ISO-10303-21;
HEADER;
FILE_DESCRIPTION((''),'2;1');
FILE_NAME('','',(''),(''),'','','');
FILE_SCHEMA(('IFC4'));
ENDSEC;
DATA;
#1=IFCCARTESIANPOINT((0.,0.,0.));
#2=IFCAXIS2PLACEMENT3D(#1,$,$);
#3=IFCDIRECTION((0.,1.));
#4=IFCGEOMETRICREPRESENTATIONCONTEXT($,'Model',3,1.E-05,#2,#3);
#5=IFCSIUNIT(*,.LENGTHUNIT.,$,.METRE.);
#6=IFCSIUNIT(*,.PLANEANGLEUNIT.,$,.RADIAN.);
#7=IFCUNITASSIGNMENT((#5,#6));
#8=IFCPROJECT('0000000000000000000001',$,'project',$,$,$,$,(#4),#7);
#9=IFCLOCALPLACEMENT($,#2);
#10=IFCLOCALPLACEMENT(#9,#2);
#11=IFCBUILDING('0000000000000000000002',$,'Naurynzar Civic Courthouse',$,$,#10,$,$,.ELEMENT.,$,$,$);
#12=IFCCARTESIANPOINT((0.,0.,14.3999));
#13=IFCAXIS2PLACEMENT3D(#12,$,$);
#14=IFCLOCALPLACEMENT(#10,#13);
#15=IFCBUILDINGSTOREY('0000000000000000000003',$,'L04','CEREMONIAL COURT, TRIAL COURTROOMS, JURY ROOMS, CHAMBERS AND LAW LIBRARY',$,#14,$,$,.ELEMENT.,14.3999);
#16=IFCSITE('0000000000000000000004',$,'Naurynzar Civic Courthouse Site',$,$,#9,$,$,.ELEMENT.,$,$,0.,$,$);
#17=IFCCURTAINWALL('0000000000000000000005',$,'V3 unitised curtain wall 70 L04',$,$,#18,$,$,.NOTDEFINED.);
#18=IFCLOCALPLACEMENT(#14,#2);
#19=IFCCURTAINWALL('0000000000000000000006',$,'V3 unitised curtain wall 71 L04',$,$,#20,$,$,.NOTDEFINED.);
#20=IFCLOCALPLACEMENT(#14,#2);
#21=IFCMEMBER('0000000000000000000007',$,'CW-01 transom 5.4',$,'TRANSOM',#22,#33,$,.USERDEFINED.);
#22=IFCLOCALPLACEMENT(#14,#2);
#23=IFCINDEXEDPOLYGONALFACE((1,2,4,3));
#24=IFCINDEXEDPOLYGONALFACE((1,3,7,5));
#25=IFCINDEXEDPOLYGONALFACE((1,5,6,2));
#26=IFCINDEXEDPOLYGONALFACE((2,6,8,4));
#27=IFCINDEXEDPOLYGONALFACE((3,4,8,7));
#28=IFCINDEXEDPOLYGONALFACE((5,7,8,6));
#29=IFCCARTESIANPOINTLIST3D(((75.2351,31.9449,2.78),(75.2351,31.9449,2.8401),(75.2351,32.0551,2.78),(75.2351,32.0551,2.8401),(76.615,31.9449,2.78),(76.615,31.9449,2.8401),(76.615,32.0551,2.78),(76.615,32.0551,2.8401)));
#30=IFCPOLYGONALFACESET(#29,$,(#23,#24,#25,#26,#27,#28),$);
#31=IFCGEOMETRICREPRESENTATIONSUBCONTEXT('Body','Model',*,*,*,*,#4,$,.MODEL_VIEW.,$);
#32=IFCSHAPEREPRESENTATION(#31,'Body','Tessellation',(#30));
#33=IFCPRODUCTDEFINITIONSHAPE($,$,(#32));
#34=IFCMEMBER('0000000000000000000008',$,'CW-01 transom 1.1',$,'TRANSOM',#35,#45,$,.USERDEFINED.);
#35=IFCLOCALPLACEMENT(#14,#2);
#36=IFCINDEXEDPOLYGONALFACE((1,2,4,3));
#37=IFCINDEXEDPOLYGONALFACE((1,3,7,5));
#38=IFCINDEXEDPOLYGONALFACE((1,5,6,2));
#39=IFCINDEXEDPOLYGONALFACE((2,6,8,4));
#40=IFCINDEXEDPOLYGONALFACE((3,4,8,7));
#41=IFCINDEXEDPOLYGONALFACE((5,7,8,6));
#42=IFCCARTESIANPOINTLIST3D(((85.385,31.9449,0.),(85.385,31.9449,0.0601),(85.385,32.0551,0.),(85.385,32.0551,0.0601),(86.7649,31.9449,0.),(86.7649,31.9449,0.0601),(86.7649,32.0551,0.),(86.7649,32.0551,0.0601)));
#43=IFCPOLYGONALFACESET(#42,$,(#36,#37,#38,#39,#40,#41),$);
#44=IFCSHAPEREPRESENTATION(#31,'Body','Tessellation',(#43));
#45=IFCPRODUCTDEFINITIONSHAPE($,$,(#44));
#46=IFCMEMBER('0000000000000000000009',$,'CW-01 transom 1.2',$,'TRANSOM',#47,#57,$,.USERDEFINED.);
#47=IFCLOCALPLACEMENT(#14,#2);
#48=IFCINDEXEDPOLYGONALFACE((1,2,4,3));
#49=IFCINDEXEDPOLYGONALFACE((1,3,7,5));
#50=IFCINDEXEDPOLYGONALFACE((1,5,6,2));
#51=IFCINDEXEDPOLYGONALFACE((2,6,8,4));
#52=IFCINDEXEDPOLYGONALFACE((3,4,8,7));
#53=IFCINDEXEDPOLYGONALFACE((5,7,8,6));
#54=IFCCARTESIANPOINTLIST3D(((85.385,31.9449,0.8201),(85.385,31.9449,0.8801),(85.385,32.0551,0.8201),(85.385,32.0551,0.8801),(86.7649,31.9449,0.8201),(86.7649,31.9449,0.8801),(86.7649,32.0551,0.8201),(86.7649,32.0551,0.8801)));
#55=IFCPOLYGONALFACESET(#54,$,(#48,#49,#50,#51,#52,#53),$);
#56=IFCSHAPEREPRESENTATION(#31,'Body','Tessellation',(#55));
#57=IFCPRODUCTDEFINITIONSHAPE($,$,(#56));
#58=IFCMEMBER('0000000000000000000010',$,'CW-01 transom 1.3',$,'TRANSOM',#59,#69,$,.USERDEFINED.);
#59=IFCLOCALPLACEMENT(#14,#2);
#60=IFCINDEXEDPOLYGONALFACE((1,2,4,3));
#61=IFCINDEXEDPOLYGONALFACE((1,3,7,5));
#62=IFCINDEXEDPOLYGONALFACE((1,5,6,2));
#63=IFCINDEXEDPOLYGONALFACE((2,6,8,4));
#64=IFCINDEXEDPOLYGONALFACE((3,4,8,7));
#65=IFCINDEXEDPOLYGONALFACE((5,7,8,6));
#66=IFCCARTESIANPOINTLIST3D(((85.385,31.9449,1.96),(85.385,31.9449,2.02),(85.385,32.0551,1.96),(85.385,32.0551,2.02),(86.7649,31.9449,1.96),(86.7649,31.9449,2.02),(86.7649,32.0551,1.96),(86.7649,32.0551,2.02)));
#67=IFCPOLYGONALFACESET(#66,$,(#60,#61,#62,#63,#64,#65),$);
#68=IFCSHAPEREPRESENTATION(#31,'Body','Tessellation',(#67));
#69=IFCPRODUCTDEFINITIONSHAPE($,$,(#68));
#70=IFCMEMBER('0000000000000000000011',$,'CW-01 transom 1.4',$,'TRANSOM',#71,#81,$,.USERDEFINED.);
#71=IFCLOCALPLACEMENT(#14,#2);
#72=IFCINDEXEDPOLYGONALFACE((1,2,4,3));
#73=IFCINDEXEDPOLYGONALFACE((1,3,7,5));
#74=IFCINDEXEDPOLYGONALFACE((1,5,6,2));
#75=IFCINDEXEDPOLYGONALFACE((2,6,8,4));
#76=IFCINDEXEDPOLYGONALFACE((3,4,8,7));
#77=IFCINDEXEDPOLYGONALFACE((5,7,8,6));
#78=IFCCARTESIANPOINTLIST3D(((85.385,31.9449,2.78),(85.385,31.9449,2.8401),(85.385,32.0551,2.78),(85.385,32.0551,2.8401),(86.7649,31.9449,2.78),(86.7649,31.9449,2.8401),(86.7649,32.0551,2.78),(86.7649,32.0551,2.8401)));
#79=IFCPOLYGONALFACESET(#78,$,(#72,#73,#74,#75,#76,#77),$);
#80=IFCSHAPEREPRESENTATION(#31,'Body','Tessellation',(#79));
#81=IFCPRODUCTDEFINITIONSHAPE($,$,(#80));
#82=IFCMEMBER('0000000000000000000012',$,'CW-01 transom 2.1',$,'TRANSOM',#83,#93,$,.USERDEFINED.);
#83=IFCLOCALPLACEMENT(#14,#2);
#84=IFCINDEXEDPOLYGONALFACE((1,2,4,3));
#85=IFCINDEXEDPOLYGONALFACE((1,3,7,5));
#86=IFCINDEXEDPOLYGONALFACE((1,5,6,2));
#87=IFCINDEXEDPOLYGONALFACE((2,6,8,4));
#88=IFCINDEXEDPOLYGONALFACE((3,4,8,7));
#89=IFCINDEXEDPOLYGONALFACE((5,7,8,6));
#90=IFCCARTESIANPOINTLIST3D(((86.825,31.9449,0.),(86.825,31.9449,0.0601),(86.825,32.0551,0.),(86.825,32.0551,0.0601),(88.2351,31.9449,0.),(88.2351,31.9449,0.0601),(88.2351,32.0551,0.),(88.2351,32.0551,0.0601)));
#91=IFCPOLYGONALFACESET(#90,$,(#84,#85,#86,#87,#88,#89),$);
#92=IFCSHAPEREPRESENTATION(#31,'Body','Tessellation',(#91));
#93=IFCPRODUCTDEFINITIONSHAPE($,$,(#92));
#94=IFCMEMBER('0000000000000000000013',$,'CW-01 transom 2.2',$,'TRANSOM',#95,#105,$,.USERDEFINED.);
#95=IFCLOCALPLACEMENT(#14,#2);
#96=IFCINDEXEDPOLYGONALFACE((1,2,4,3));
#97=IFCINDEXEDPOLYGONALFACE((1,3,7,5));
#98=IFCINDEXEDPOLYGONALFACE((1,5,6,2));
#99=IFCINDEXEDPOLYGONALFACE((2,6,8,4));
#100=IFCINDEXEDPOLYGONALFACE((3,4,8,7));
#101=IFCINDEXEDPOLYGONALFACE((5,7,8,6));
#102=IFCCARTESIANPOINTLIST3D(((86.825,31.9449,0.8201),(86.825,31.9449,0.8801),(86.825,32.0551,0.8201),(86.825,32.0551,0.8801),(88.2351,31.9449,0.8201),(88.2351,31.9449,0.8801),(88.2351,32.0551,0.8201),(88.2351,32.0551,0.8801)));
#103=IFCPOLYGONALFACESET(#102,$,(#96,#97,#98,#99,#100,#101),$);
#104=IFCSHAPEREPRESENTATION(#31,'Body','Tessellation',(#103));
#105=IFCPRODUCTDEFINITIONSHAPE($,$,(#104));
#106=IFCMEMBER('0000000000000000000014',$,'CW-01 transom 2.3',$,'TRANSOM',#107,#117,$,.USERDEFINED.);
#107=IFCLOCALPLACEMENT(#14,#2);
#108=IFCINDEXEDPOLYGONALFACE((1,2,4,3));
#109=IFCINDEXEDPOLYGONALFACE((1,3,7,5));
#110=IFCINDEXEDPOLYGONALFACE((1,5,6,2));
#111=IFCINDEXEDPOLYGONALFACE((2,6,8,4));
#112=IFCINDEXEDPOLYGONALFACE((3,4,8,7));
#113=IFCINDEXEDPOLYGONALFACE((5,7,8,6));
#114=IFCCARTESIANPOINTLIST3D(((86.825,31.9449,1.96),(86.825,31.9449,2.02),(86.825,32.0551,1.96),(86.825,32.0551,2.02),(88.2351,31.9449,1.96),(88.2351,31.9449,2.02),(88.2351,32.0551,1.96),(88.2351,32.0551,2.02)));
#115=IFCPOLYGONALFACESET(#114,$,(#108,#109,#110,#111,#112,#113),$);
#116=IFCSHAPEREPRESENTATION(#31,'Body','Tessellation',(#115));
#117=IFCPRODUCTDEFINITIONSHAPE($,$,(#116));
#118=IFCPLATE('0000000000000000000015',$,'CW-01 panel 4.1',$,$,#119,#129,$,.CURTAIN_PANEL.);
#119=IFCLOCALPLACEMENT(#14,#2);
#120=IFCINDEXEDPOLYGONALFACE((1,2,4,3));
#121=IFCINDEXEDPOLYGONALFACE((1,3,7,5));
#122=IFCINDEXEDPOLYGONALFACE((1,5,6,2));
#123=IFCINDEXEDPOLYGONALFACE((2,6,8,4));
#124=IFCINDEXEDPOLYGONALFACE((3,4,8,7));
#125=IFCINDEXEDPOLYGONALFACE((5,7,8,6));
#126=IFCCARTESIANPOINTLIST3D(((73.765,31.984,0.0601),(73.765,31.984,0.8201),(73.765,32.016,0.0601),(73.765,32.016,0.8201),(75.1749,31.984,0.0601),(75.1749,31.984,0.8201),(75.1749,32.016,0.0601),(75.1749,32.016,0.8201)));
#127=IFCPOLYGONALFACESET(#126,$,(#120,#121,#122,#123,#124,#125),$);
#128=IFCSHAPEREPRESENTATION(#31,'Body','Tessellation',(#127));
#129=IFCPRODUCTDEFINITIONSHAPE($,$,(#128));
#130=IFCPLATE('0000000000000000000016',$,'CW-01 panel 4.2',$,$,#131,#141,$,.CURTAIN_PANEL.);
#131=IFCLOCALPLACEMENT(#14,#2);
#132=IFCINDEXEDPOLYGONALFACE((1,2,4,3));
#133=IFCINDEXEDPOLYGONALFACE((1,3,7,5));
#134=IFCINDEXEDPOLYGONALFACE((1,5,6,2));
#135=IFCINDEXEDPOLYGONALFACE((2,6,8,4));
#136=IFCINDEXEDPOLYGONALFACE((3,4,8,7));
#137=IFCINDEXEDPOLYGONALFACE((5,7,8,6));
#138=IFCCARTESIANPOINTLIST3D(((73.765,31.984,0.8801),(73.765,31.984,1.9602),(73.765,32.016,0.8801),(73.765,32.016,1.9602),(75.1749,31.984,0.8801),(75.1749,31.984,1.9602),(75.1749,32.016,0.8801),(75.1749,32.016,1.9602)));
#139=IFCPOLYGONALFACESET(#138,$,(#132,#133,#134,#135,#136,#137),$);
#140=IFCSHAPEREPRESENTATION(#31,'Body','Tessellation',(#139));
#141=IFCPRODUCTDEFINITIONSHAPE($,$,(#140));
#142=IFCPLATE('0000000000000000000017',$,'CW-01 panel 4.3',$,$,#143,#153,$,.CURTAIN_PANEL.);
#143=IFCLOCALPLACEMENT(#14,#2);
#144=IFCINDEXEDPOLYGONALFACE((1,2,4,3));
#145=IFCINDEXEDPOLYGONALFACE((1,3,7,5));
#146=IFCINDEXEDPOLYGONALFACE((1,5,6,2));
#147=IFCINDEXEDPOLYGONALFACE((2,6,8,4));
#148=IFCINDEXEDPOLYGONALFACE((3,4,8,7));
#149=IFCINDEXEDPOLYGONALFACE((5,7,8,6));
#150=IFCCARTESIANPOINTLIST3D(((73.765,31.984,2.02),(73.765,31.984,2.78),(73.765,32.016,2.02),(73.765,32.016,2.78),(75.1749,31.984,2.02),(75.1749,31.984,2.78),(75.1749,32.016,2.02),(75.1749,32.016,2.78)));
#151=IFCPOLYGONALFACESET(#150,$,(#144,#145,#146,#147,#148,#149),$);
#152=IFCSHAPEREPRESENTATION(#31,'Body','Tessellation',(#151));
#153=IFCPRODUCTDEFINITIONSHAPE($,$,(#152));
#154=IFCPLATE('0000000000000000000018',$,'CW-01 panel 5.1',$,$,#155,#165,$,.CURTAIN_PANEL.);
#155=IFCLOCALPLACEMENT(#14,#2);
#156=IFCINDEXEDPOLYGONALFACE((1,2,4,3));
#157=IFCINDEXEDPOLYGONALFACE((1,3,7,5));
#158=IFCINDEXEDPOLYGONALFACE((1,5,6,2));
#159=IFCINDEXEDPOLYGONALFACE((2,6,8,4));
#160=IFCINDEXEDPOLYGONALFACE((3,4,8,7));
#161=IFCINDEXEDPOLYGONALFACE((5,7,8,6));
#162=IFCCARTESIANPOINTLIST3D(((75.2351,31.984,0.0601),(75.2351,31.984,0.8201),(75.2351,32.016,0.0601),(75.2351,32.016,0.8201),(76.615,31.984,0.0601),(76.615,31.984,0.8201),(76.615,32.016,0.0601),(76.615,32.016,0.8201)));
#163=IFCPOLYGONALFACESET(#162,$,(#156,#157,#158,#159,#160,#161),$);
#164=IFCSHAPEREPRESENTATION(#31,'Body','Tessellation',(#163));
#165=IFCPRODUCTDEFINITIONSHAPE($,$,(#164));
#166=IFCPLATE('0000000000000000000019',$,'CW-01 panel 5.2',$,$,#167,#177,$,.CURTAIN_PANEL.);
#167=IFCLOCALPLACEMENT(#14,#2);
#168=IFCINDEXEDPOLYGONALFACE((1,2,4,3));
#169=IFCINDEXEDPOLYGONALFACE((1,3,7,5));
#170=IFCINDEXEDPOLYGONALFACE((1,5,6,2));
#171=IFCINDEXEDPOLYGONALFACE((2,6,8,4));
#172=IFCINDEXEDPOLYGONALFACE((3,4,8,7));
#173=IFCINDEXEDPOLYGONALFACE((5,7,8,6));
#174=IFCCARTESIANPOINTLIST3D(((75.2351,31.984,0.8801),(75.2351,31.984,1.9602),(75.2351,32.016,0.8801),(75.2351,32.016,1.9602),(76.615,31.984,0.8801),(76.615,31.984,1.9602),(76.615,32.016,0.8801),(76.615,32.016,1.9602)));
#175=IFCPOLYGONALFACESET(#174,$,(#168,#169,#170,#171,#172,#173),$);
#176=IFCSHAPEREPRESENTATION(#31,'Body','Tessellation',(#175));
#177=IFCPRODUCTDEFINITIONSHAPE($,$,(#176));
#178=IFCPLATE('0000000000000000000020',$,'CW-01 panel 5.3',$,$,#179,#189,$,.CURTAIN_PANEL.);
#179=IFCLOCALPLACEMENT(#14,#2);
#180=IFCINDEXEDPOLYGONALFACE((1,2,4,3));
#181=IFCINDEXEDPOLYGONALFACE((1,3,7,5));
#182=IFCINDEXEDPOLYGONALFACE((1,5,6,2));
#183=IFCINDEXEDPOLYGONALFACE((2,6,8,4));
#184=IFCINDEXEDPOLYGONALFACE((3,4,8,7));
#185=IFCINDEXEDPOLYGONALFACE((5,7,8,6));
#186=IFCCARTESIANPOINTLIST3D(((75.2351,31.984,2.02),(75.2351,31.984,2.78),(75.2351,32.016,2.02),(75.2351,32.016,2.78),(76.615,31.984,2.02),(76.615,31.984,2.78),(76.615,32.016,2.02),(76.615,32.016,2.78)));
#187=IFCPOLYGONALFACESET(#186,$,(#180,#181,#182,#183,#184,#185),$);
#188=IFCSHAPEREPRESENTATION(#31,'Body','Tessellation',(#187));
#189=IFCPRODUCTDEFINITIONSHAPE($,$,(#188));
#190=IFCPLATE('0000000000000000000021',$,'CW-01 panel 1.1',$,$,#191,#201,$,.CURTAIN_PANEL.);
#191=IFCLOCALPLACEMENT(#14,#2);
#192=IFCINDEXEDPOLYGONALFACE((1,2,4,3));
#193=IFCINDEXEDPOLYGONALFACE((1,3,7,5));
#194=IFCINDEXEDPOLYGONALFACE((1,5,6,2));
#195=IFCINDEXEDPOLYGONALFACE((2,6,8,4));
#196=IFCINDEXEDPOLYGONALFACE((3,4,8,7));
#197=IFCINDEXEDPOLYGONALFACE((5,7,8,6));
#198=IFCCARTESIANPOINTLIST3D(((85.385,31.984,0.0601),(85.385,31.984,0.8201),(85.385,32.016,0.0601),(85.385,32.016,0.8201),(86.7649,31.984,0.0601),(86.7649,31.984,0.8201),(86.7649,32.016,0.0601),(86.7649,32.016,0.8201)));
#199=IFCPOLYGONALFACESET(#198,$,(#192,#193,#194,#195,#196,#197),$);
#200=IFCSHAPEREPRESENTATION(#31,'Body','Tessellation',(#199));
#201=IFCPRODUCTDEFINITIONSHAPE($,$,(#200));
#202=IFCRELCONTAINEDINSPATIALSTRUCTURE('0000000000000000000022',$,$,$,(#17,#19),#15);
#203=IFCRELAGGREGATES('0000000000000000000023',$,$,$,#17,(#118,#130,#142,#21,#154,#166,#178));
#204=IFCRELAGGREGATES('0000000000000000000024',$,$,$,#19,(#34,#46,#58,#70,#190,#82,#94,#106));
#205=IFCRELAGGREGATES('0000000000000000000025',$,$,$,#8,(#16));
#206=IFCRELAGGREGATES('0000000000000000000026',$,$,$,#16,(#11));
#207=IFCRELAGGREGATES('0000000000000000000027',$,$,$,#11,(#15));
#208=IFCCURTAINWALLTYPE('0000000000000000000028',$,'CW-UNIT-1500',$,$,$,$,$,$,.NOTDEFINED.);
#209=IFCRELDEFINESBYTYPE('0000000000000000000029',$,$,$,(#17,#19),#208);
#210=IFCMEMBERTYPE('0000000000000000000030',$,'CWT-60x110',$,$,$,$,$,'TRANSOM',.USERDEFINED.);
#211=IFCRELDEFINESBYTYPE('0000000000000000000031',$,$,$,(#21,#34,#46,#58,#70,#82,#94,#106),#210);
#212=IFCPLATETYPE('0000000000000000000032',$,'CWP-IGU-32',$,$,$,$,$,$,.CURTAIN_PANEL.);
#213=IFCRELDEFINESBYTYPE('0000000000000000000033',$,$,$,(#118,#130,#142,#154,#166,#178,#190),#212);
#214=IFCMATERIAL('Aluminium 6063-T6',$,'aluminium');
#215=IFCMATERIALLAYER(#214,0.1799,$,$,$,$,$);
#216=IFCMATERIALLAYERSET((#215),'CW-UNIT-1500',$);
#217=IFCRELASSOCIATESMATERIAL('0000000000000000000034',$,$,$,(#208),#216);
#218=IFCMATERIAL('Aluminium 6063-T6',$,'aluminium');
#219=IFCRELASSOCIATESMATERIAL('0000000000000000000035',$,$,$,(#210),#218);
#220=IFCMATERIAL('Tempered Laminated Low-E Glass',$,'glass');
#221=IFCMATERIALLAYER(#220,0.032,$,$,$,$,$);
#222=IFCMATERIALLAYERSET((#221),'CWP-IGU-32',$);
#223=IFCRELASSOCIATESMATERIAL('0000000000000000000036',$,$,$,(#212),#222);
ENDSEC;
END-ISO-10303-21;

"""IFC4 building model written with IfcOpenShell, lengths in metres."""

from ifc_helpers import new_model, si_unit, direction, frame, origin, origin_2d, place, context, subcontext, project, spatial, rectangle, extrude, material, layer, layer_set, material_profile, profile_set, type_object, element, aggregate, save


model = new_model("IFC4")

# Units and contexts
model_context = context("Model", 3, precision=1e-05, world=origin(), true_north=direction((0.0, 1.0)))
body_context = subcontext(model_context, "Body", "Model", "MODEL_VIEW")
ifc_project = project(units=[si_unit("LENGTHUNIT", "METRE"), si_unit("PLANEANGLEUNIT", "RADIAN")], contexts=[model_context])

# Site, building, storey
site_placement = place(None, origin())
site = spatial("IfcSite", under=ifc_project, at=site_placement, Name="Naurynzar Civic Courthouse Site", CompositionType="ELEMENT", RefElevation=0.0)
building_placement = place(site_placement, origin())
building = spatial("IfcBuilding", under=site, at=building_placement, Name="Naurynzar Civic Courthouse", CompositionType="ELEMENT")
storey_placement = place(building_placement, frame((0.0, 0.0, 14.3999)))
storey = spatial("IfcBuildingStorey", under=building, at=storey_placement, Name="L04", Description="CEREMONIAL COURT, TRIAL COURTROOMS, JURY ROOMS, CHAMBERS AND LAW LIBRARY", CompositionType="ELEMENT", Elevation=14.3999)

# Curtain walls
ifc_material_1 = material(Name="Aluminium 6063-T6", Category="aluminium")
ifc_layer_1 = layer(ifc_material_1, 0.1799)
ifc_layer_set_1 = layer_set([ifc_layer_1], Name="CW-UNIT-1500")
curtain_wall_type = type_object("IfcCurtainWallType", Name="CW-UNIT-1500", PredefinedType="NOTDEFINED", material=ifc_layer_set_1)
curtain_wall_1_placement = place(storey_placement, origin())
curtain_wall_1 = element("IfcCurtainWall", 1, at=curtain_wall_1_placement, inside=storey, type_object=curtain_wall_type, Name="V3 unitised curtain wall 70 L04", PredefinedType="NOTDEFINED")
curtain_wall_2_placement = place(storey_placement, origin())
curtain_wall_2 = element("IfcCurtainWall", 2, at=curtain_wall_2_placement, inside=storey, type_object=curtain_wall_type, Name="V3 unitised curtain wall 71 L04", PredefinedType="NOTDEFINED")

# Members
ifc_material_2 = material(Name="Aluminium 6063-T6", Category="aluminium")
ifc_material_profile_1 = material_profile(ifc_material_2, rectangle(XDim=0.1101, YDim=0.0601, at=origin_2d()), Name="ALU TRANSOM 60x110")
ifc_profile_set_1 = profile_set([ifc_material_profile_1], Name="Aluminium 6063-T6")
member_type_1 = type_object("IfcMemberType", Name="CWT-60x110", ElementType="TRANSOM", PredefinedType="USERDEFINED", material=ifc_profile_set_1)
member_1_placement = place(storey_placement, frame((75.2351, 32.0, 2.8101), z_axis=(1.0, 0.0, 0.0), x_axis=(0.0, 1.0, 0.0)))
member_1 = element("IfcMember", 3, at=member_1_placement, type_object=member_type_1, Name="CW-01 transom 5.4", ObjectType="TRANSOM", PredefinedType="USERDEFINED", context=body_context, shape_type="SweptSolid", body=[
    extrude(rectangle(XDim=0.1101, YDim=0.0601, at=origin_2d()), origin(), (0.0, 0.0, 1.0), 1.3799),
])
member_2_placement = place(storey_placement, frame((85.385, 32.0, 0.03), z_axis=(1.0, 0.0, 0.0), x_axis=(0.0, 1.0, 0.0)))
member_2 = element("IfcMember", 4, at=member_2_placement, type_object=member_type_1, Name="CW-01 transom 1.1", ObjectType="TRANSOM", PredefinedType="USERDEFINED", context=body_context, shape_type="SweptSolid", body=[
    extrude(rectangle(XDim=0.1101, YDim=0.0601, at=origin_2d()), origin(), (0.0, 0.0, 1.0), 1.3799),
])
member_3_placement = place(storey_placement, frame((85.385, 32.0, 0.8501), z_axis=(1.0, 0.0, 0.0), x_axis=(0.0, 1.0, 0.0)))
member_3 = element("IfcMember", 5, at=member_3_placement, type_object=member_type_1, Name="CW-01 transom 1.2", ObjectType="TRANSOM", PredefinedType="USERDEFINED", context=body_context, shape_type="SweptSolid", body=[
    extrude(rectangle(XDim=0.1101, YDim=0.0601, at=origin_2d()), origin(), (0.0, 0.0, 1.0), 1.3799),
])
member_4_placement = place(storey_placement, frame((85.385, 32.0, 1.99), z_axis=(1.0, 0.0, 0.0), x_axis=(0.0, 1.0, 0.0)))
member_4 = element("IfcMember", 6, at=member_4_placement, type_object=member_type_1, Name="CW-01 transom 1.3", ObjectType="TRANSOM", PredefinedType="USERDEFINED", context=body_context, shape_type="SweptSolid", body=[
    extrude(rectangle(XDim=0.1101, YDim=0.0601, at=origin_2d()), origin(), (0.0, 0.0, 1.0), 1.3799),
])
member_5_placement = place(storey_placement, frame((85.385, 32.0, 2.8101), z_axis=(1.0, 0.0, 0.0), x_axis=(0.0, 1.0, 0.0)))
member_5 = element("IfcMember", 7, at=member_5_placement, type_object=member_type_1, Name="CW-01 transom 1.4", ObjectType="TRANSOM", PredefinedType="USERDEFINED", context=body_context, shape_type="SweptSolid", body=[
    extrude(rectangle(XDim=0.1101, YDim=0.0601, at=origin_2d()), origin(), (0.0, 0.0, 1.0), 1.3799),
])
member_6_placement = place(storey_placement, frame((86.825, 32.0, 0.03), z_axis=(1.0, 0.0, 0.0), x_axis=(0.0, 1.0, 0.0)))
member_6 = element("IfcMember", 8, at=member_6_placement, type_object=member_type_1, Name="CW-01 transom 2.1", ObjectType="TRANSOM", PredefinedType="USERDEFINED", context=body_context, shape_type="SweptSolid", body=[
    extrude(rectangle(XDim=0.1101, YDim=0.0601, at=origin_2d()), origin(), (0.0, 0.0, 1.0), 1.4102),
])
member_7_placement = place(storey_placement, frame((86.825, 32.0, 0.8501), z_axis=(1.0, 0.0, 0.0), x_axis=(0.0, 1.0, 0.0)))
member_7 = element("IfcMember", 9, at=member_7_placement, type_object=member_type_1, Name="CW-01 transom 2.2", ObjectType="TRANSOM", PredefinedType="USERDEFINED", context=body_context, shape_type="SweptSolid", body=[
    extrude(rectangle(XDim=0.1101, YDim=0.0601, at=origin_2d()), origin(), (0.0, 0.0, 1.0), 1.4102),
])
member_8_placement = place(storey_placement, frame((86.825, 32.0, 1.99), z_axis=(1.0, 0.0, 0.0), x_axis=(0.0, 1.0, 0.0)))
member_8 = element("IfcMember", 10, at=member_8_placement, type_object=member_type_1, Name="CW-01 transom 2.3", ObjectType="TRANSOM", PredefinedType="USERDEFINED", context=body_context, shape_type="SweptSolid", body=[
    extrude(rectangle(XDim=0.1101, YDim=0.0601, at=origin_2d()), origin(), (0.0, 0.0, 1.0), 1.4102),
])

# Plates
ifc_material_3 = material(Name="Tempered Laminated Low-E Glass", Category="glass")
ifc_layer_2 = layer(ifc_material_3, 0.032)
ifc_layer_set_2 = layer_set([ifc_layer_2], Name="CWP-IGU-32")
plate_type = type_object("IfcPlateType", Name="CWP-IGU-32", PredefinedType="CURTAIN_PANEL", material=ifc_layer_set_2)
plate_1_placement = place(storey_placement, frame((74.47, 32.0, 0.0601), z_axis=(0.0, 0.0, 1.0), x_axis=(1.0, 0.0, 0.0)))
plate_1 = element("IfcPlate", 11, at=plate_1_placement, type_object=plate_type, Name="CW-01 panel 4.1", PredefinedType="CURTAIN_PANEL", context=body_context, shape_type="SweptSolid", body=[
    extrude(rectangle(XDim=1.4099, YDim=0.032, at=origin_2d()), origin(), (0.0, 0.0, 1.0), 0.76),
])
plate_2_placement = place(storey_placement, frame((74.47, 32.0, 0.8801), z_axis=(0.0, 0.0, 1.0), x_axis=(1.0, 0.0, 0.0)))
plate_2 = element("IfcPlate", 12, at=plate_2_placement, type_object=plate_type, Name="CW-01 panel 4.2", PredefinedType="CURTAIN_PANEL", context=body_context, shape_type="SweptSolid", body=[
    extrude(rectangle(XDim=1.4099, YDim=0.032, at=origin_2d()), origin(), (0.0, 0.0, 1.0), 1.0801),
])
plate_3_placement = place(storey_placement, frame((74.47, 32.0, 2.02), z_axis=(0.0, 0.0, 1.0), x_axis=(1.0, 0.0, 0.0)))
plate_3 = element("IfcPlate", 13, at=plate_3_placement, type_object=plate_type, Name="CW-01 panel 4.3", PredefinedType="CURTAIN_PANEL", context=body_context, shape_type="SweptSolid", body=[
    extrude(rectangle(XDim=1.4099, YDim=0.032, at=origin_2d()), origin(), (0.0, 0.0, 1.0), 0.76),
])
plate_4_placement = place(storey_placement, frame((75.925, 32.0, 0.0601), z_axis=(0.0, 0.0, 1.0), x_axis=(1.0, 0.0, 0.0)))
plate_4 = element("IfcPlate", 14, at=plate_4_placement, type_object=plate_type, Name="CW-01 panel 5.1", PredefinedType="CURTAIN_PANEL", context=body_context, shape_type="SweptSolid", body=[
    extrude(rectangle(XDim=1.3799, YDim=0.032, at=origin_2d()), origin(), (0.0, 0.0, 1.0), 0.76),
])
plate_5_placement = place(storey_placement, frame((75.925, 32.0, 0.8801), z_axis=(0.0, 0.0, 1.0), x_axis=(1.0, 0.0, 0.0)))
plate_5 = element("IfcPlate", 15, at=plate_5_placement, type_object=plate_type, Name="CW-01 panel 5.2", PredefinedType="CURTAIN_PANEL", context=body_context, shape_type="SweptSolid", body=[
    extrude(rectangle(XDim=1.3799, YDim=0.032, at=origin_2d()), origin(), (0.0, 0.0, 1.0), 1.0801),
])
plate_6_placement = place(storey_placement, frame((75.925, 32.0, 2.02), z_axis=(0.0, 0.0, 1.0), x_axis=(1.0, 0.0, 0.0)))
plate_6 = element("IfcPlate", 16, at=plate_6_placement, type_object=plate_type, Name="CW-01 panel 5.3", PredefinedType="CURTAIN_PANEL", context=body_context, shape_type="SweptSolid", body=[
    extrude(rectangle(XDim=1.3799, YDim=0.032, at=origin_2d()), origin(), (0.0, 0.0, 1.0), 0.76),
])
aggregate(curtain_wall_1, [plate_1, plate_2, plate_3, member_1, plate_4, plate_5, plate_6])
plate_7_placement = place(storey_placement, frame((86.075, 32.0, 0.0601), z_axis=(0.0, 0.0, 1.0), x_axis=(1.0, 0.0, 0.0)))
plate_7 = element("IfcPlate", 17, at=plate_7_placement, type_object=plate_type, Name="CW-01 panel 1.1", PredefinedType="CURTAIN_PANEL", context=body_context, shape_type="SweptSolid", body=[
    extrude(rectangle(XDim=1.3799, YDim=0.032, at=origin_2d()), origin(), (0.0, 0.0, 1.0), 0.76),
])
aggregate(curtain_wall_2, [member_2, member_3, member_4, member_5, plate_7, member_6, member_7, member_8])

save(model, "model.ifc")
